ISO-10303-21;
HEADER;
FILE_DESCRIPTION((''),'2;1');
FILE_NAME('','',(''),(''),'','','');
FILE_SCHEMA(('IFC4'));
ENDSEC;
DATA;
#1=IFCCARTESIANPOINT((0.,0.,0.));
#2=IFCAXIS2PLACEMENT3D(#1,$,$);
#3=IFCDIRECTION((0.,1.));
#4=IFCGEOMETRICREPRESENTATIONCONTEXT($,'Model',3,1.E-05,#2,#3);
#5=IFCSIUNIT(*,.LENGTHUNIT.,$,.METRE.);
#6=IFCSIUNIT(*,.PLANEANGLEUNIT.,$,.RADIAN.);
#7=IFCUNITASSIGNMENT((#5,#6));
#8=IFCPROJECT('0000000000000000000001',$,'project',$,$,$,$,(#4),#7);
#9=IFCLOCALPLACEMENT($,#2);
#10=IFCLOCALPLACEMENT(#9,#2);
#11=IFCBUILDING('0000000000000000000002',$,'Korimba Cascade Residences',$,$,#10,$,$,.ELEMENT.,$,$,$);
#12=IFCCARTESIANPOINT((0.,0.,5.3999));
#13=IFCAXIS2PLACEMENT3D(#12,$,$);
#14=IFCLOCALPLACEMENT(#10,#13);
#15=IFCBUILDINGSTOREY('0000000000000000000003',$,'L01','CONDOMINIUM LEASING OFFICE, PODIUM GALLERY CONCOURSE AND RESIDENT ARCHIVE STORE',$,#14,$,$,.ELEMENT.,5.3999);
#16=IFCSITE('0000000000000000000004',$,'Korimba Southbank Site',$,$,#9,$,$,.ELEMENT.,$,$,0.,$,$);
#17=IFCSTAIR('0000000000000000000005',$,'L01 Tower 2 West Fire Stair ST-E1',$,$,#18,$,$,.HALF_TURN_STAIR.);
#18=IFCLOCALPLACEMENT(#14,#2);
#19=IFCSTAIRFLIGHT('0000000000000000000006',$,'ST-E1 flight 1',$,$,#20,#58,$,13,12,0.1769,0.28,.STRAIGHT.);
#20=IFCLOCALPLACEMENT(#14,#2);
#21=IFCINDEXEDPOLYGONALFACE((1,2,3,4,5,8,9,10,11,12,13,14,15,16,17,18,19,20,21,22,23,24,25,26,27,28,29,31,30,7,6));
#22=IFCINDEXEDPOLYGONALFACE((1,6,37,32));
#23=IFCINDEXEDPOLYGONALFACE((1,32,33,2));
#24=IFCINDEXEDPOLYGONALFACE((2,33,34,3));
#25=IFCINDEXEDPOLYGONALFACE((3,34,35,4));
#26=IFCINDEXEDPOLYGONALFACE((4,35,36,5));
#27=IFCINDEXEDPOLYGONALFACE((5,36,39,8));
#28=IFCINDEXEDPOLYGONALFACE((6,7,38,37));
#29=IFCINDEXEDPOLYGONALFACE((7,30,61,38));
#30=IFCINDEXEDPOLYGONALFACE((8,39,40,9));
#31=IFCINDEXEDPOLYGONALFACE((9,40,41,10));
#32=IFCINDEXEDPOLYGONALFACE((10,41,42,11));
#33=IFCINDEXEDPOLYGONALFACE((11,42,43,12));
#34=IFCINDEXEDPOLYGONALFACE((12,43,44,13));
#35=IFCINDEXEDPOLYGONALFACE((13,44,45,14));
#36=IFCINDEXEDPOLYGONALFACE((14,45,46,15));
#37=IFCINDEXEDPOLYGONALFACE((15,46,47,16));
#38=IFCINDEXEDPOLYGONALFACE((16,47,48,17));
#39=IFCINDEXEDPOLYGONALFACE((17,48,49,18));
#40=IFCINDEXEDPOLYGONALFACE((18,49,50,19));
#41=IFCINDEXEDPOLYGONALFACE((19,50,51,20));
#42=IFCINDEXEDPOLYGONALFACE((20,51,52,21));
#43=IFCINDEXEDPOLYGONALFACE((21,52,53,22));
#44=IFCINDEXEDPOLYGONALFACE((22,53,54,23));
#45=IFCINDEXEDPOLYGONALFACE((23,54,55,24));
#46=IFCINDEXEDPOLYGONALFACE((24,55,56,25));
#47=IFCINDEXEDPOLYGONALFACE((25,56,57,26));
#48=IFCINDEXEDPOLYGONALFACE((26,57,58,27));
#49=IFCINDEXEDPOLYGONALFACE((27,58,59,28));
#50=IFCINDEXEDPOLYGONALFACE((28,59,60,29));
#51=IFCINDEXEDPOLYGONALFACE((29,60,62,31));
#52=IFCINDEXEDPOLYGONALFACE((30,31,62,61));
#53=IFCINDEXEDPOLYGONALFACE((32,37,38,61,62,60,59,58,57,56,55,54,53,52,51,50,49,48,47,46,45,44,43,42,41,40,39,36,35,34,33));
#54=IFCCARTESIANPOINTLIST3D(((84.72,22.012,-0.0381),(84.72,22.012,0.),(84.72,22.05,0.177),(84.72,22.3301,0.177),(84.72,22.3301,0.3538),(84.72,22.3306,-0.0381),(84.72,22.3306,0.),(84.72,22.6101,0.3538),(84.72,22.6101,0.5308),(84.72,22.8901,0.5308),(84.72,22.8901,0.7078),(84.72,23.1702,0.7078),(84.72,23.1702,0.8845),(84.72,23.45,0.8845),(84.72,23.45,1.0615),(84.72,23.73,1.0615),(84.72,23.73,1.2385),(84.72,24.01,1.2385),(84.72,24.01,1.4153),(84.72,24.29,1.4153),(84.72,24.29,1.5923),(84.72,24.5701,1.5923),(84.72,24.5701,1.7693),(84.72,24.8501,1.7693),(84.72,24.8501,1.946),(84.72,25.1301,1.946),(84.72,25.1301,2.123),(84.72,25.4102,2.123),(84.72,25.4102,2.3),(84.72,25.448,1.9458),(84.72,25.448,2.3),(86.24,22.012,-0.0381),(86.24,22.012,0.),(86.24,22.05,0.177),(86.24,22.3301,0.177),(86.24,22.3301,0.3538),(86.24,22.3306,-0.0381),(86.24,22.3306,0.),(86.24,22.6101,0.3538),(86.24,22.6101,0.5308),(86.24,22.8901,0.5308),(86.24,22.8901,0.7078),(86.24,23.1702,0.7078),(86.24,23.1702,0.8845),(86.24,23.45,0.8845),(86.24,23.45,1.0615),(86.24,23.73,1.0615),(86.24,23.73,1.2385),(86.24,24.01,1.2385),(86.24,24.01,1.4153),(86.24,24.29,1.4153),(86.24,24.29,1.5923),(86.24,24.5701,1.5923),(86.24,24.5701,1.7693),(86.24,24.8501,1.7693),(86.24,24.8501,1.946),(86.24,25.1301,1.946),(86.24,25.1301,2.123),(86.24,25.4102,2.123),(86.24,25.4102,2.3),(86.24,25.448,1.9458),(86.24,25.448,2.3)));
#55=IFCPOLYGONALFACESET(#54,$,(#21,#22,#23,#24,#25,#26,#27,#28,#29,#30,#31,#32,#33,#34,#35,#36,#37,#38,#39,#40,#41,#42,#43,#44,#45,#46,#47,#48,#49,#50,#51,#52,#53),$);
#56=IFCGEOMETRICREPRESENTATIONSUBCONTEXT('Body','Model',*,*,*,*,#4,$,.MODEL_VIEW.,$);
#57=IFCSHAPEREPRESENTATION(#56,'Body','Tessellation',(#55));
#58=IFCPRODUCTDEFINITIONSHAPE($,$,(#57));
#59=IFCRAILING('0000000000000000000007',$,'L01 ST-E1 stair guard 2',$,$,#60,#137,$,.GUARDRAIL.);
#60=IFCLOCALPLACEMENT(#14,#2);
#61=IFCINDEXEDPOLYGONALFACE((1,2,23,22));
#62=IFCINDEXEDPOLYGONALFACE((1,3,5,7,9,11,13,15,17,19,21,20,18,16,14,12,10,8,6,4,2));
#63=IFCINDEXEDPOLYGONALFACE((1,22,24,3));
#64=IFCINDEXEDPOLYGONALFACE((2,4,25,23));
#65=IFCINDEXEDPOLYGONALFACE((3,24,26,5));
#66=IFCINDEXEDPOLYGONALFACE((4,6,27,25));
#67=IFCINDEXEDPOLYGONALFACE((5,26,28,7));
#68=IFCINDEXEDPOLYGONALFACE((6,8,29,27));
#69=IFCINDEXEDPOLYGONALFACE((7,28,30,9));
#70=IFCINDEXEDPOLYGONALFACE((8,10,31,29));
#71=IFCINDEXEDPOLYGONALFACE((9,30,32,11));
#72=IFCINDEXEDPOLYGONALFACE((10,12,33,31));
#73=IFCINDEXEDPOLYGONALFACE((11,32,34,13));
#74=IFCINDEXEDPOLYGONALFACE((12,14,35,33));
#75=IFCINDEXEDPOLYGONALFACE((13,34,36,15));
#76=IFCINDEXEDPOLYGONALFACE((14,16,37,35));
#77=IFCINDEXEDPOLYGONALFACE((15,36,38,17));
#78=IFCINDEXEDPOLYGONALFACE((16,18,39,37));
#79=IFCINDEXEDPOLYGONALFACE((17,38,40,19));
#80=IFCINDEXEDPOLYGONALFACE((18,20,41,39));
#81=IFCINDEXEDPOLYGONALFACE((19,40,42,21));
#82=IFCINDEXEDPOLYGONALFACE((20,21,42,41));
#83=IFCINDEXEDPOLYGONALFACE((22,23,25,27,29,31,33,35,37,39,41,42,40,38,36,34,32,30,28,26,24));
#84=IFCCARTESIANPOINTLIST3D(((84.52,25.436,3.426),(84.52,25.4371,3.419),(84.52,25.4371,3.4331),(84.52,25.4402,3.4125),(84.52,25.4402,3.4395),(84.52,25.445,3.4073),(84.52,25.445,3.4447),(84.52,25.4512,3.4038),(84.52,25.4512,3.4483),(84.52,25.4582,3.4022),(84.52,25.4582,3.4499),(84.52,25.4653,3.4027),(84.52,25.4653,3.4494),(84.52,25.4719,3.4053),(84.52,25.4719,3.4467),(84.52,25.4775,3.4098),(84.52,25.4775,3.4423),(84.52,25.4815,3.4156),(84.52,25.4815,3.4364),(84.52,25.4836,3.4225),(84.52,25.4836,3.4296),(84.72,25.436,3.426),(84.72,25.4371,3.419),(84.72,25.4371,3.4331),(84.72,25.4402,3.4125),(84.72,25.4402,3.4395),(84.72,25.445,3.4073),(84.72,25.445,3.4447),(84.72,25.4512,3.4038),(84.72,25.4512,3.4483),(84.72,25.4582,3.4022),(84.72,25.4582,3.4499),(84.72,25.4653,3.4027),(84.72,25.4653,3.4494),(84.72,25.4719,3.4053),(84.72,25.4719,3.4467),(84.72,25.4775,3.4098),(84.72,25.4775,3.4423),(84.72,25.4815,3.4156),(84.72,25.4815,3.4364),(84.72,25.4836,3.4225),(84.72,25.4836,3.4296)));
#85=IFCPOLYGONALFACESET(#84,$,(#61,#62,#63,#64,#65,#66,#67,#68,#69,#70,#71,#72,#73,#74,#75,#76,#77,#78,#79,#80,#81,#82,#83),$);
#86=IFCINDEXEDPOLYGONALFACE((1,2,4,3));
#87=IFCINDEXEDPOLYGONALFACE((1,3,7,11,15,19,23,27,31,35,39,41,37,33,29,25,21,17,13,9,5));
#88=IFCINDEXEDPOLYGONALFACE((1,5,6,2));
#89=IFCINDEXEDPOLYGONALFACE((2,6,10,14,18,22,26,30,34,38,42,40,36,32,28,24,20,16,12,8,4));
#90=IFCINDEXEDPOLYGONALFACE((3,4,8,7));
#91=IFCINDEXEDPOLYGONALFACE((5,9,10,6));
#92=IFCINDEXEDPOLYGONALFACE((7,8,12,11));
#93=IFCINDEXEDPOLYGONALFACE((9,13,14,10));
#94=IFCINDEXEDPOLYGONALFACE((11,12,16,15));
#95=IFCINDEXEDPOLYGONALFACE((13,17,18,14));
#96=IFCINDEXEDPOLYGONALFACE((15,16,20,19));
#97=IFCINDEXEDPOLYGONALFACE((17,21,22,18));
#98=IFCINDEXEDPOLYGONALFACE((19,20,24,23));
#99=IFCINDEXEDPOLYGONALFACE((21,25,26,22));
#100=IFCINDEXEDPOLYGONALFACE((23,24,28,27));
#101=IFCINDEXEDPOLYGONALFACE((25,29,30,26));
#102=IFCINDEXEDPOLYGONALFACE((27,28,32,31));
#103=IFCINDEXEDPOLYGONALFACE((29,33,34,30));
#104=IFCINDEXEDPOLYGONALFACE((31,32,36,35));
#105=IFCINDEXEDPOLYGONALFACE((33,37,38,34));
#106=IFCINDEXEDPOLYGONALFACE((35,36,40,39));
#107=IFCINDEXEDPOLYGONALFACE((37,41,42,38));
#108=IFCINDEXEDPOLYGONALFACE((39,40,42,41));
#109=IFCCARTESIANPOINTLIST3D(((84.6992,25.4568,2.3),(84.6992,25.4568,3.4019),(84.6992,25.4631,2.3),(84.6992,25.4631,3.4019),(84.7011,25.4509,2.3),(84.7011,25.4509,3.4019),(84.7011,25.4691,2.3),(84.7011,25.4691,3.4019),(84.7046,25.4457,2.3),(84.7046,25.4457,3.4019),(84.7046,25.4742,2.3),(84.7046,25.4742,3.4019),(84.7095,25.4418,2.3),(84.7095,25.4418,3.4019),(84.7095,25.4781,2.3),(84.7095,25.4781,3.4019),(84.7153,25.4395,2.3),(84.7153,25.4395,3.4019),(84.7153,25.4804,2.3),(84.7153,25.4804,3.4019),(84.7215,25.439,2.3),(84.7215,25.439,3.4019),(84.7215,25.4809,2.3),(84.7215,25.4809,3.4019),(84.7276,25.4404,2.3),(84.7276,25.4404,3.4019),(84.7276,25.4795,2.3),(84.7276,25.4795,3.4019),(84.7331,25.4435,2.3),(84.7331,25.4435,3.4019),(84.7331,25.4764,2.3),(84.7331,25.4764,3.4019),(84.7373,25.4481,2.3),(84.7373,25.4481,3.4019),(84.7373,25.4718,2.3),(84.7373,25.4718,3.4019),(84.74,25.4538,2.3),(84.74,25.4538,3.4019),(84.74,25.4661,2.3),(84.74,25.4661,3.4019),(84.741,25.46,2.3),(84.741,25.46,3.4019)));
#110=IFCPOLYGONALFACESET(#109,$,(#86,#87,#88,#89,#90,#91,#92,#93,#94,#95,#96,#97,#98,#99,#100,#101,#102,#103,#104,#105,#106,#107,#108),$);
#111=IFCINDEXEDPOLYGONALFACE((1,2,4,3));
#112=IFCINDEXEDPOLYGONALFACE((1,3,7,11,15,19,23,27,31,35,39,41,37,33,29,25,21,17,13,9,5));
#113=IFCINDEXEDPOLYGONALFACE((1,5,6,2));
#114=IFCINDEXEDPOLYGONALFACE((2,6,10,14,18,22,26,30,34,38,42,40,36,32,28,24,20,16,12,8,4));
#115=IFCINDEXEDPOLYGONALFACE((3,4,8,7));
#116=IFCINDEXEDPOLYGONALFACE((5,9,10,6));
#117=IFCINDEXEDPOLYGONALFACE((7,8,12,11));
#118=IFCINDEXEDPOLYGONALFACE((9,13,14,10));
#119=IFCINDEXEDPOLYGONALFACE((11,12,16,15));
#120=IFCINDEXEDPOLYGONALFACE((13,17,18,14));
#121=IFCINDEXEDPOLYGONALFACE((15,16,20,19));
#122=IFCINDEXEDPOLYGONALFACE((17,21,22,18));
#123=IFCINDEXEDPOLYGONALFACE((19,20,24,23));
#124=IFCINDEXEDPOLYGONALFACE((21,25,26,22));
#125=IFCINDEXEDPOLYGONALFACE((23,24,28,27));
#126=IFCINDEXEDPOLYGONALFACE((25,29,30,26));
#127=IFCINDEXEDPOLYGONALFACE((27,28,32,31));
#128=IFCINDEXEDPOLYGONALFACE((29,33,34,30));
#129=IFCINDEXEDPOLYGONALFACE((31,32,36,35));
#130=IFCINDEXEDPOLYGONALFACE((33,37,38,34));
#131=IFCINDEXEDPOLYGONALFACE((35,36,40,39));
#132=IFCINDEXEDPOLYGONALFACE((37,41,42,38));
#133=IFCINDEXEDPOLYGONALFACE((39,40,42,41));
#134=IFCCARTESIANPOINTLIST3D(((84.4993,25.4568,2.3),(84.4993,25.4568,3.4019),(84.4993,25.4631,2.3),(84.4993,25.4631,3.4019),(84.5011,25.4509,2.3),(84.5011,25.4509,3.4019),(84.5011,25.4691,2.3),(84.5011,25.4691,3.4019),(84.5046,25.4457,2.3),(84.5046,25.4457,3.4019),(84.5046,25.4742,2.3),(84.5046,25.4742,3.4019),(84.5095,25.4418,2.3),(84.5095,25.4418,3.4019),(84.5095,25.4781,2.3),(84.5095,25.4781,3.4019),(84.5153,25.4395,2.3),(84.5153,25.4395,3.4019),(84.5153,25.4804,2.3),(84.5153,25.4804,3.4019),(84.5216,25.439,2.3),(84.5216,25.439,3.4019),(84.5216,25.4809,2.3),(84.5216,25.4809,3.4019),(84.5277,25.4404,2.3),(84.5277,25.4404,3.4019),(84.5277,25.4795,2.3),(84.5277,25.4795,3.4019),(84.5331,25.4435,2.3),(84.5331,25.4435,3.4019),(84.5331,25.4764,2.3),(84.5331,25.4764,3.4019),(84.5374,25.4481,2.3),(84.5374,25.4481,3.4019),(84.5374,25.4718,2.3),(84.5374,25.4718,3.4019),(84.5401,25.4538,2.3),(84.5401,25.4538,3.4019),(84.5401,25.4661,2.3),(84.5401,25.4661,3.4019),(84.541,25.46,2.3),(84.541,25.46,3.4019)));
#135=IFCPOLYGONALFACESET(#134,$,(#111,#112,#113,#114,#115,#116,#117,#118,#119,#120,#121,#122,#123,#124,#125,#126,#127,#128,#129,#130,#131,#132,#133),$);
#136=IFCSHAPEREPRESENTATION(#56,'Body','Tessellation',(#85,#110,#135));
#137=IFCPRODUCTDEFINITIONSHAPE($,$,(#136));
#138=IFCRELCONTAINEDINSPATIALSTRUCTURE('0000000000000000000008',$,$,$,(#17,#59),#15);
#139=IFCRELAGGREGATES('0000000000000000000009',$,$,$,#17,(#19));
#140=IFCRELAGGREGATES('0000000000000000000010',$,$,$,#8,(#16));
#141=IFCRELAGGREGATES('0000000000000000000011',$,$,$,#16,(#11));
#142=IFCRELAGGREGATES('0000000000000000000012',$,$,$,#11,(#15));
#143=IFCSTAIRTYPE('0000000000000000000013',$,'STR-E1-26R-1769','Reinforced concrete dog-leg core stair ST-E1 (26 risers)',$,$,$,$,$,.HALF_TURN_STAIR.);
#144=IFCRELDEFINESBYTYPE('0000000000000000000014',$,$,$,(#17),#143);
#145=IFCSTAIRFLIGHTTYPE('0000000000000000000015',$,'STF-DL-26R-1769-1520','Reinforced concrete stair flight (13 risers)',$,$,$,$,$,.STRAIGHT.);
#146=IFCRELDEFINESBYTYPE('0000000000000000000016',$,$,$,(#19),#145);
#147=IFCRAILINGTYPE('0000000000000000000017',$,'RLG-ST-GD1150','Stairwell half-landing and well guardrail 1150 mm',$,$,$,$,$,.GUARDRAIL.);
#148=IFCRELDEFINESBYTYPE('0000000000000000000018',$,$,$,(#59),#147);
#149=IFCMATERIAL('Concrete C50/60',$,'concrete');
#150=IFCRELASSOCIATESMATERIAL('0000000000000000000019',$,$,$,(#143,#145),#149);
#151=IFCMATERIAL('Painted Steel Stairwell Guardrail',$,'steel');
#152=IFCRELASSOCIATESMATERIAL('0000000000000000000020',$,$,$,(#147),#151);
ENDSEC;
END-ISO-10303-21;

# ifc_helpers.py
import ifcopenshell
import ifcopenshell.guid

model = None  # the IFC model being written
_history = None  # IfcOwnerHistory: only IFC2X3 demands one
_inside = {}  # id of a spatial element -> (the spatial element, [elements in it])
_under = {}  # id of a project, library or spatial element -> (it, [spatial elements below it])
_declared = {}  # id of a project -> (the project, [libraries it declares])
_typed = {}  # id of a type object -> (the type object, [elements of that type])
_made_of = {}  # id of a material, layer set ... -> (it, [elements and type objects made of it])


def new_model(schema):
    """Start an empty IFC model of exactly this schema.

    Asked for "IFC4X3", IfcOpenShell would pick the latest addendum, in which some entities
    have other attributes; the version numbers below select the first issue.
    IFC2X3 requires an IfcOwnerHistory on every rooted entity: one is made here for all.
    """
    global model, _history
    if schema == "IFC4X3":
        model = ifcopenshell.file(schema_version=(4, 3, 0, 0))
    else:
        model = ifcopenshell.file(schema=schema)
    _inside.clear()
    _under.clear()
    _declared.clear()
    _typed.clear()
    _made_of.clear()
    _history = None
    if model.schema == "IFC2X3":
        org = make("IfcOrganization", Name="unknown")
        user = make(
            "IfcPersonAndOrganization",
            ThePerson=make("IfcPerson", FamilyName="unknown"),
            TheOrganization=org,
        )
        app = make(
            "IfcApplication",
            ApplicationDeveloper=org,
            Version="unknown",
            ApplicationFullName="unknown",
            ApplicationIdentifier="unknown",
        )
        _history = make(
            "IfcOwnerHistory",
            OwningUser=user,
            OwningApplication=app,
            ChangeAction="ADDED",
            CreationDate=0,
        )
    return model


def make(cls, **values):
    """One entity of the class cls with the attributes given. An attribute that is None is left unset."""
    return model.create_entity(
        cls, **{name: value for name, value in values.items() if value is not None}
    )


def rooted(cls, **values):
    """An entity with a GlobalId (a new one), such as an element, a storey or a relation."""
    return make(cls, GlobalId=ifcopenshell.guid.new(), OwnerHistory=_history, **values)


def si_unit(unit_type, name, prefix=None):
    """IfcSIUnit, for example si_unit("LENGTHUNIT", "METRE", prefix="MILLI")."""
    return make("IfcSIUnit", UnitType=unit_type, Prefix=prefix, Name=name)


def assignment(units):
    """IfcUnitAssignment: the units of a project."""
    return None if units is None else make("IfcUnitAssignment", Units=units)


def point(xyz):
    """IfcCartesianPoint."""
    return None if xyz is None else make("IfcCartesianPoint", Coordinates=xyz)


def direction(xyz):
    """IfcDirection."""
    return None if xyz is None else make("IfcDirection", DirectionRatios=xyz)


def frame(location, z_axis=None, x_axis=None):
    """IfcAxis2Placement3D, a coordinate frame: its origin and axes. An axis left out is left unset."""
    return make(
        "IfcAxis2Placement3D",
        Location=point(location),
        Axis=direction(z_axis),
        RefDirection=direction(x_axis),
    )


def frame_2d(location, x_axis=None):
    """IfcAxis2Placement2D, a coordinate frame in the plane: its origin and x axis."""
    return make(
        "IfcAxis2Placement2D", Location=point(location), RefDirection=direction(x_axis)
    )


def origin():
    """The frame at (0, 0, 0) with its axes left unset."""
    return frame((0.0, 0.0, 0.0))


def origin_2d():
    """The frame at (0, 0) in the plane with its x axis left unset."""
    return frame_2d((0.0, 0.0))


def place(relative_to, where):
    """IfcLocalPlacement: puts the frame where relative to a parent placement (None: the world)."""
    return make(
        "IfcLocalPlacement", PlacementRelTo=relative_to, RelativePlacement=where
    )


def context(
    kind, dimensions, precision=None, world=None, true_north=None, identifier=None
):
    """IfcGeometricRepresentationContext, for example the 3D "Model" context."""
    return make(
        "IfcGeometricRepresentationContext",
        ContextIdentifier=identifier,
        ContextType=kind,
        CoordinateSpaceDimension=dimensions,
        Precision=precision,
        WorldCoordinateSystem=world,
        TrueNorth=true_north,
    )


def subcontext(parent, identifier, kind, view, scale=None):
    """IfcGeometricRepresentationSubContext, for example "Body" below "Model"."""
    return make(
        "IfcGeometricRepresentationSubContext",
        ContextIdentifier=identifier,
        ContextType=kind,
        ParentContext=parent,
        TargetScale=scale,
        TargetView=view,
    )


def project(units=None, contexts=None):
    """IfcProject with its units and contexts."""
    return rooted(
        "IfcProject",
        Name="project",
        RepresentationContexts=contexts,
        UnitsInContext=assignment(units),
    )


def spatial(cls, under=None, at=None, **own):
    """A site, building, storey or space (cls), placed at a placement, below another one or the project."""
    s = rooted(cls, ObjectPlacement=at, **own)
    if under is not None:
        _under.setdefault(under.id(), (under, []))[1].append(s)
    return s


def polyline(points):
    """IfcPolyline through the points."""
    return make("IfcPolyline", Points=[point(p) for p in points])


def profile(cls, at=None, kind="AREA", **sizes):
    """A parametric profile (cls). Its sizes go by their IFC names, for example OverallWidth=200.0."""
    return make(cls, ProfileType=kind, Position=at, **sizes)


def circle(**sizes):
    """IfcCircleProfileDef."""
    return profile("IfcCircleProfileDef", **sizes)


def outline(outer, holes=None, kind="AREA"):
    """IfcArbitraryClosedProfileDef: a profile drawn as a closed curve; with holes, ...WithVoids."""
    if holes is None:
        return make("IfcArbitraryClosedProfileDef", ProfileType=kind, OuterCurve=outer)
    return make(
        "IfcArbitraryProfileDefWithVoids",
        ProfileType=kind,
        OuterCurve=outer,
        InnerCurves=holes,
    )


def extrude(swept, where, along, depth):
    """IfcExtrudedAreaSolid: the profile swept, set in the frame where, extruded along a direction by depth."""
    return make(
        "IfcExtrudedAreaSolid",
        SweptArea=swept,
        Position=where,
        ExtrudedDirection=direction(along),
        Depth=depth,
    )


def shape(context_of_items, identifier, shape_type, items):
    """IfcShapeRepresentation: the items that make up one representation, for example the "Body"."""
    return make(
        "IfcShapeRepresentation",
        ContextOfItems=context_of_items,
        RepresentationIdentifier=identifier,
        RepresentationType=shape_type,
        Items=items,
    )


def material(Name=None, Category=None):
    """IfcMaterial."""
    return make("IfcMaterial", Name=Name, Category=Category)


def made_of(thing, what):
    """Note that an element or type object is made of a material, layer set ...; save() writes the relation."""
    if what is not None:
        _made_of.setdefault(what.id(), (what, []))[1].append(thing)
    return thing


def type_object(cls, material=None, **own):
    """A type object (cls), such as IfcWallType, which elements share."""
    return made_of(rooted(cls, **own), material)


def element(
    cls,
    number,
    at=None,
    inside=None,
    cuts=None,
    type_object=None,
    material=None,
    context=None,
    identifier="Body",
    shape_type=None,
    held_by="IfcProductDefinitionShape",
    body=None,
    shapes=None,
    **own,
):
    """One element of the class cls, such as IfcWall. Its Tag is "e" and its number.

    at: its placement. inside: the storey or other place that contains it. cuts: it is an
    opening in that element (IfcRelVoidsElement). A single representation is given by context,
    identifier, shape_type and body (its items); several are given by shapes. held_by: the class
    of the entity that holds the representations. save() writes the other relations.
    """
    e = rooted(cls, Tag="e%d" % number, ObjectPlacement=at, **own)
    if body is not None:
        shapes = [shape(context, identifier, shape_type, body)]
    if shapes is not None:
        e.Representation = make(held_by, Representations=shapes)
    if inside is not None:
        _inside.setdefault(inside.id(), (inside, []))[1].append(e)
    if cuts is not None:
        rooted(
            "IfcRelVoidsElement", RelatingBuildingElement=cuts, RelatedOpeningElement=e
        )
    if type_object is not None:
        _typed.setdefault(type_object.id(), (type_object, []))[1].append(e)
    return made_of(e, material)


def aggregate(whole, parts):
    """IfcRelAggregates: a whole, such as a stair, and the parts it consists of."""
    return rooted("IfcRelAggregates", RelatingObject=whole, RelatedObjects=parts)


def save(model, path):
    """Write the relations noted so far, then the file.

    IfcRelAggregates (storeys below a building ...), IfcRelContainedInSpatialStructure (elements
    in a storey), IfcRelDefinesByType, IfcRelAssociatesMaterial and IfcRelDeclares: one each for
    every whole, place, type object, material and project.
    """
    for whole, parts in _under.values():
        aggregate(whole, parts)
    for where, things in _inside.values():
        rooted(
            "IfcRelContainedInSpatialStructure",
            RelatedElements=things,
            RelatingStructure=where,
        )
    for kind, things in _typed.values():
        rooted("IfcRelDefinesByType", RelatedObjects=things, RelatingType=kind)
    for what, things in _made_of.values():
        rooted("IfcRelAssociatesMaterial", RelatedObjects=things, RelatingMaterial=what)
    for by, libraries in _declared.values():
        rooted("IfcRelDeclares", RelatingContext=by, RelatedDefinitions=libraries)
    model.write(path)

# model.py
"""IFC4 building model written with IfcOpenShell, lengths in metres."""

from ifc_helpers import new_model, si_unit, direction, frame, origin, origin_2d, place, context, subcontext, project, spatial, polyline, circle, outline, extrude, material, type_object, element, aggregate, save


model = new_model("IFC4")

# Units and contexts
model_context = context("Model", 3, precision=1e-05, world=origin(), true_north=direction((0.0, 1.0)))
body_context = subcontext(model_context, "Body", "Model", "MODEL_VIEW")
ifc_project = project(units=[si_unit("LENGTHUNIT", "METRE"), si_unit("PLANEANGLEUNIT", "RADIAN")], contexts=[model_context])

# Site, building, storey
site_placement = place(None, origin())
site = spatial("IfcSite", under=ifc_project, at=site_placement, Name="Korimba Southbank Site", CompositionType="ELEMENT", RefElevation=0.0)
building_placement = place(site_placement, origin())
building = spatial("IfcBuilding", under=site, at=building_placement, Name="Korimba Cascade Residences", CompositionType="ELEMENT")
storey_placement = place(building_placement, frame((0.0, 0.0, 5.3999)))
storey = spatial("IfcBuildingStorey", under=building, at=storey_placement, Name="L01", Description="CONDOMINIUM LEASING OFFICE, PODIUM GALLERY CONCOURSE AND RESIDENT ARCHIVE STORE", CompositionType="ELEMENT", Elevation=5.3999)

# Shared definitions
ifc_material_1 = material(Name="Concrete C50/60", Category="concrete")

# Stair, stair flight
stair_type = type_object("IfcStairType", Name="STR-E1-26R-1769", Description="Reinforced concrete dog-leg core stair ST-E1 (26 risers)", PredefinedType="HALF_TURN_STAIR", material=ifc_material_1)
stair_placement = place(storey_placement, origin())
stair = element("IfcStair", 1, at=stair_placement, inside=storey, type_object=stair_type, Name="L01 Tower 2 West Fire Stair ST-E1", PredefinedType="HALF_TURN_STAIR")
stair_flight_type = type_object("IfcStairFlightType", Name="STF-DL-26R-1769-1520", Description="Reinforced concrete stair flight (13 risers)", PredefinedType="STRAIGHT", material=ifc_material_1)
stair_flight_placement = place(storey_placement, frame((85.48, 22.05, 0.0), z_axis=(0.0, 0.0, 1.0), x_axis=(0.0, 1.0, 0.0)))
stair_flight = element("IfcStairFlight", 2, at=stair_flight_placement, type_object=stair_flight_type, Name="ST-E1 flight 1", NumberOfRisers=13, NumberOfTreads=12, PredefinedType="STRAIGHT", RiserHeight=0.1769, TreadLength=0.28, context=body_context, shape_type="SweptSolid", body=[
    extrude(outline(polyline([(-0.0381, 0.0), (0.0, 0.177), (0.28, 0.177), (0.28, 0.3538), (0.5601, 0.3538), (0.5601, 0.5308), (0.8401, 0.5308), (0.8401, 0.7078), (1.1201, 0.7078), (1.1201, 0.8845), (1.3999, 0.8845), (1.3999, 1.0615), (1.6799, 1.0615), (1.6799, 1.2385), (1.96, 1.2385), (1.96, 1.4153), (2.24, 1.4153), (2.24, 1.5923), (2.52, 1.5923), (2.52, 1.7693), (2.8, 1.7693), (2.8, 1.946), (3.0801, 1.946), (3.0801, 2.123), (3.3601, 2.123), (3.3601, 2.3), (3.3979, 2.3), (3.3979, 1.9458), (0.2805, 0.0), (0.2805, -0.0381), (-0.0381, -0.0381), (-0.0381, 0.0)])), frame((0.0, 0.76, 0.0), z_axis=(0.0, -1.0, 0.0), x_axis=(1.0, 0.0, 0.0)), (0.0, 0.0, 1.0), 1.52),
])
aggregate(stair, [stair_flight])

# Railing
ifc_material_2 = material(Name="Painted Steel Stairwell Guardrail", Category="steel")
railing_type_1 = type_object("IfcRailingType", Name="RLG-ST-GD1150", Description="Stairwell half-landing and well guardrail 1150 mm", PredefinedType="GUARDRAIL", material=ifc_material_2)
railing_1_placement = place(storey_placement, frame((84.72, 25.46, 2.3)))
element("IfcRailing", 3, at=railing_1_placement, inside=storey, type_object=railing_type_1, Name="L01 ST-E1 stair guard 2", PredefinedType="GUARDRAIL", context=body_context, shape_type="SweptSolid", body=[
    extrude(circle(Radius=0.0239, at=origin_2d()), frame((0.0, 0.0, 1.126), z_axis=(-1.0, 0.0, 0.0), x_axis=(0.0, -1.0, 0.0)), (0.0, 0.0, 1.0), 0.2),
    extrude(circle(Radius=0.021, at=origin_2d()), origin(), (0.0, 0.0, 1.0), 1.1018),
    extrude(circle(Radius=0.021, at=origin_2d()), frame((-0.2, 0.0, 0.0)), (0.0, 0.0, 1.0), 1.1018),
])

save(model, "model.ifc")
